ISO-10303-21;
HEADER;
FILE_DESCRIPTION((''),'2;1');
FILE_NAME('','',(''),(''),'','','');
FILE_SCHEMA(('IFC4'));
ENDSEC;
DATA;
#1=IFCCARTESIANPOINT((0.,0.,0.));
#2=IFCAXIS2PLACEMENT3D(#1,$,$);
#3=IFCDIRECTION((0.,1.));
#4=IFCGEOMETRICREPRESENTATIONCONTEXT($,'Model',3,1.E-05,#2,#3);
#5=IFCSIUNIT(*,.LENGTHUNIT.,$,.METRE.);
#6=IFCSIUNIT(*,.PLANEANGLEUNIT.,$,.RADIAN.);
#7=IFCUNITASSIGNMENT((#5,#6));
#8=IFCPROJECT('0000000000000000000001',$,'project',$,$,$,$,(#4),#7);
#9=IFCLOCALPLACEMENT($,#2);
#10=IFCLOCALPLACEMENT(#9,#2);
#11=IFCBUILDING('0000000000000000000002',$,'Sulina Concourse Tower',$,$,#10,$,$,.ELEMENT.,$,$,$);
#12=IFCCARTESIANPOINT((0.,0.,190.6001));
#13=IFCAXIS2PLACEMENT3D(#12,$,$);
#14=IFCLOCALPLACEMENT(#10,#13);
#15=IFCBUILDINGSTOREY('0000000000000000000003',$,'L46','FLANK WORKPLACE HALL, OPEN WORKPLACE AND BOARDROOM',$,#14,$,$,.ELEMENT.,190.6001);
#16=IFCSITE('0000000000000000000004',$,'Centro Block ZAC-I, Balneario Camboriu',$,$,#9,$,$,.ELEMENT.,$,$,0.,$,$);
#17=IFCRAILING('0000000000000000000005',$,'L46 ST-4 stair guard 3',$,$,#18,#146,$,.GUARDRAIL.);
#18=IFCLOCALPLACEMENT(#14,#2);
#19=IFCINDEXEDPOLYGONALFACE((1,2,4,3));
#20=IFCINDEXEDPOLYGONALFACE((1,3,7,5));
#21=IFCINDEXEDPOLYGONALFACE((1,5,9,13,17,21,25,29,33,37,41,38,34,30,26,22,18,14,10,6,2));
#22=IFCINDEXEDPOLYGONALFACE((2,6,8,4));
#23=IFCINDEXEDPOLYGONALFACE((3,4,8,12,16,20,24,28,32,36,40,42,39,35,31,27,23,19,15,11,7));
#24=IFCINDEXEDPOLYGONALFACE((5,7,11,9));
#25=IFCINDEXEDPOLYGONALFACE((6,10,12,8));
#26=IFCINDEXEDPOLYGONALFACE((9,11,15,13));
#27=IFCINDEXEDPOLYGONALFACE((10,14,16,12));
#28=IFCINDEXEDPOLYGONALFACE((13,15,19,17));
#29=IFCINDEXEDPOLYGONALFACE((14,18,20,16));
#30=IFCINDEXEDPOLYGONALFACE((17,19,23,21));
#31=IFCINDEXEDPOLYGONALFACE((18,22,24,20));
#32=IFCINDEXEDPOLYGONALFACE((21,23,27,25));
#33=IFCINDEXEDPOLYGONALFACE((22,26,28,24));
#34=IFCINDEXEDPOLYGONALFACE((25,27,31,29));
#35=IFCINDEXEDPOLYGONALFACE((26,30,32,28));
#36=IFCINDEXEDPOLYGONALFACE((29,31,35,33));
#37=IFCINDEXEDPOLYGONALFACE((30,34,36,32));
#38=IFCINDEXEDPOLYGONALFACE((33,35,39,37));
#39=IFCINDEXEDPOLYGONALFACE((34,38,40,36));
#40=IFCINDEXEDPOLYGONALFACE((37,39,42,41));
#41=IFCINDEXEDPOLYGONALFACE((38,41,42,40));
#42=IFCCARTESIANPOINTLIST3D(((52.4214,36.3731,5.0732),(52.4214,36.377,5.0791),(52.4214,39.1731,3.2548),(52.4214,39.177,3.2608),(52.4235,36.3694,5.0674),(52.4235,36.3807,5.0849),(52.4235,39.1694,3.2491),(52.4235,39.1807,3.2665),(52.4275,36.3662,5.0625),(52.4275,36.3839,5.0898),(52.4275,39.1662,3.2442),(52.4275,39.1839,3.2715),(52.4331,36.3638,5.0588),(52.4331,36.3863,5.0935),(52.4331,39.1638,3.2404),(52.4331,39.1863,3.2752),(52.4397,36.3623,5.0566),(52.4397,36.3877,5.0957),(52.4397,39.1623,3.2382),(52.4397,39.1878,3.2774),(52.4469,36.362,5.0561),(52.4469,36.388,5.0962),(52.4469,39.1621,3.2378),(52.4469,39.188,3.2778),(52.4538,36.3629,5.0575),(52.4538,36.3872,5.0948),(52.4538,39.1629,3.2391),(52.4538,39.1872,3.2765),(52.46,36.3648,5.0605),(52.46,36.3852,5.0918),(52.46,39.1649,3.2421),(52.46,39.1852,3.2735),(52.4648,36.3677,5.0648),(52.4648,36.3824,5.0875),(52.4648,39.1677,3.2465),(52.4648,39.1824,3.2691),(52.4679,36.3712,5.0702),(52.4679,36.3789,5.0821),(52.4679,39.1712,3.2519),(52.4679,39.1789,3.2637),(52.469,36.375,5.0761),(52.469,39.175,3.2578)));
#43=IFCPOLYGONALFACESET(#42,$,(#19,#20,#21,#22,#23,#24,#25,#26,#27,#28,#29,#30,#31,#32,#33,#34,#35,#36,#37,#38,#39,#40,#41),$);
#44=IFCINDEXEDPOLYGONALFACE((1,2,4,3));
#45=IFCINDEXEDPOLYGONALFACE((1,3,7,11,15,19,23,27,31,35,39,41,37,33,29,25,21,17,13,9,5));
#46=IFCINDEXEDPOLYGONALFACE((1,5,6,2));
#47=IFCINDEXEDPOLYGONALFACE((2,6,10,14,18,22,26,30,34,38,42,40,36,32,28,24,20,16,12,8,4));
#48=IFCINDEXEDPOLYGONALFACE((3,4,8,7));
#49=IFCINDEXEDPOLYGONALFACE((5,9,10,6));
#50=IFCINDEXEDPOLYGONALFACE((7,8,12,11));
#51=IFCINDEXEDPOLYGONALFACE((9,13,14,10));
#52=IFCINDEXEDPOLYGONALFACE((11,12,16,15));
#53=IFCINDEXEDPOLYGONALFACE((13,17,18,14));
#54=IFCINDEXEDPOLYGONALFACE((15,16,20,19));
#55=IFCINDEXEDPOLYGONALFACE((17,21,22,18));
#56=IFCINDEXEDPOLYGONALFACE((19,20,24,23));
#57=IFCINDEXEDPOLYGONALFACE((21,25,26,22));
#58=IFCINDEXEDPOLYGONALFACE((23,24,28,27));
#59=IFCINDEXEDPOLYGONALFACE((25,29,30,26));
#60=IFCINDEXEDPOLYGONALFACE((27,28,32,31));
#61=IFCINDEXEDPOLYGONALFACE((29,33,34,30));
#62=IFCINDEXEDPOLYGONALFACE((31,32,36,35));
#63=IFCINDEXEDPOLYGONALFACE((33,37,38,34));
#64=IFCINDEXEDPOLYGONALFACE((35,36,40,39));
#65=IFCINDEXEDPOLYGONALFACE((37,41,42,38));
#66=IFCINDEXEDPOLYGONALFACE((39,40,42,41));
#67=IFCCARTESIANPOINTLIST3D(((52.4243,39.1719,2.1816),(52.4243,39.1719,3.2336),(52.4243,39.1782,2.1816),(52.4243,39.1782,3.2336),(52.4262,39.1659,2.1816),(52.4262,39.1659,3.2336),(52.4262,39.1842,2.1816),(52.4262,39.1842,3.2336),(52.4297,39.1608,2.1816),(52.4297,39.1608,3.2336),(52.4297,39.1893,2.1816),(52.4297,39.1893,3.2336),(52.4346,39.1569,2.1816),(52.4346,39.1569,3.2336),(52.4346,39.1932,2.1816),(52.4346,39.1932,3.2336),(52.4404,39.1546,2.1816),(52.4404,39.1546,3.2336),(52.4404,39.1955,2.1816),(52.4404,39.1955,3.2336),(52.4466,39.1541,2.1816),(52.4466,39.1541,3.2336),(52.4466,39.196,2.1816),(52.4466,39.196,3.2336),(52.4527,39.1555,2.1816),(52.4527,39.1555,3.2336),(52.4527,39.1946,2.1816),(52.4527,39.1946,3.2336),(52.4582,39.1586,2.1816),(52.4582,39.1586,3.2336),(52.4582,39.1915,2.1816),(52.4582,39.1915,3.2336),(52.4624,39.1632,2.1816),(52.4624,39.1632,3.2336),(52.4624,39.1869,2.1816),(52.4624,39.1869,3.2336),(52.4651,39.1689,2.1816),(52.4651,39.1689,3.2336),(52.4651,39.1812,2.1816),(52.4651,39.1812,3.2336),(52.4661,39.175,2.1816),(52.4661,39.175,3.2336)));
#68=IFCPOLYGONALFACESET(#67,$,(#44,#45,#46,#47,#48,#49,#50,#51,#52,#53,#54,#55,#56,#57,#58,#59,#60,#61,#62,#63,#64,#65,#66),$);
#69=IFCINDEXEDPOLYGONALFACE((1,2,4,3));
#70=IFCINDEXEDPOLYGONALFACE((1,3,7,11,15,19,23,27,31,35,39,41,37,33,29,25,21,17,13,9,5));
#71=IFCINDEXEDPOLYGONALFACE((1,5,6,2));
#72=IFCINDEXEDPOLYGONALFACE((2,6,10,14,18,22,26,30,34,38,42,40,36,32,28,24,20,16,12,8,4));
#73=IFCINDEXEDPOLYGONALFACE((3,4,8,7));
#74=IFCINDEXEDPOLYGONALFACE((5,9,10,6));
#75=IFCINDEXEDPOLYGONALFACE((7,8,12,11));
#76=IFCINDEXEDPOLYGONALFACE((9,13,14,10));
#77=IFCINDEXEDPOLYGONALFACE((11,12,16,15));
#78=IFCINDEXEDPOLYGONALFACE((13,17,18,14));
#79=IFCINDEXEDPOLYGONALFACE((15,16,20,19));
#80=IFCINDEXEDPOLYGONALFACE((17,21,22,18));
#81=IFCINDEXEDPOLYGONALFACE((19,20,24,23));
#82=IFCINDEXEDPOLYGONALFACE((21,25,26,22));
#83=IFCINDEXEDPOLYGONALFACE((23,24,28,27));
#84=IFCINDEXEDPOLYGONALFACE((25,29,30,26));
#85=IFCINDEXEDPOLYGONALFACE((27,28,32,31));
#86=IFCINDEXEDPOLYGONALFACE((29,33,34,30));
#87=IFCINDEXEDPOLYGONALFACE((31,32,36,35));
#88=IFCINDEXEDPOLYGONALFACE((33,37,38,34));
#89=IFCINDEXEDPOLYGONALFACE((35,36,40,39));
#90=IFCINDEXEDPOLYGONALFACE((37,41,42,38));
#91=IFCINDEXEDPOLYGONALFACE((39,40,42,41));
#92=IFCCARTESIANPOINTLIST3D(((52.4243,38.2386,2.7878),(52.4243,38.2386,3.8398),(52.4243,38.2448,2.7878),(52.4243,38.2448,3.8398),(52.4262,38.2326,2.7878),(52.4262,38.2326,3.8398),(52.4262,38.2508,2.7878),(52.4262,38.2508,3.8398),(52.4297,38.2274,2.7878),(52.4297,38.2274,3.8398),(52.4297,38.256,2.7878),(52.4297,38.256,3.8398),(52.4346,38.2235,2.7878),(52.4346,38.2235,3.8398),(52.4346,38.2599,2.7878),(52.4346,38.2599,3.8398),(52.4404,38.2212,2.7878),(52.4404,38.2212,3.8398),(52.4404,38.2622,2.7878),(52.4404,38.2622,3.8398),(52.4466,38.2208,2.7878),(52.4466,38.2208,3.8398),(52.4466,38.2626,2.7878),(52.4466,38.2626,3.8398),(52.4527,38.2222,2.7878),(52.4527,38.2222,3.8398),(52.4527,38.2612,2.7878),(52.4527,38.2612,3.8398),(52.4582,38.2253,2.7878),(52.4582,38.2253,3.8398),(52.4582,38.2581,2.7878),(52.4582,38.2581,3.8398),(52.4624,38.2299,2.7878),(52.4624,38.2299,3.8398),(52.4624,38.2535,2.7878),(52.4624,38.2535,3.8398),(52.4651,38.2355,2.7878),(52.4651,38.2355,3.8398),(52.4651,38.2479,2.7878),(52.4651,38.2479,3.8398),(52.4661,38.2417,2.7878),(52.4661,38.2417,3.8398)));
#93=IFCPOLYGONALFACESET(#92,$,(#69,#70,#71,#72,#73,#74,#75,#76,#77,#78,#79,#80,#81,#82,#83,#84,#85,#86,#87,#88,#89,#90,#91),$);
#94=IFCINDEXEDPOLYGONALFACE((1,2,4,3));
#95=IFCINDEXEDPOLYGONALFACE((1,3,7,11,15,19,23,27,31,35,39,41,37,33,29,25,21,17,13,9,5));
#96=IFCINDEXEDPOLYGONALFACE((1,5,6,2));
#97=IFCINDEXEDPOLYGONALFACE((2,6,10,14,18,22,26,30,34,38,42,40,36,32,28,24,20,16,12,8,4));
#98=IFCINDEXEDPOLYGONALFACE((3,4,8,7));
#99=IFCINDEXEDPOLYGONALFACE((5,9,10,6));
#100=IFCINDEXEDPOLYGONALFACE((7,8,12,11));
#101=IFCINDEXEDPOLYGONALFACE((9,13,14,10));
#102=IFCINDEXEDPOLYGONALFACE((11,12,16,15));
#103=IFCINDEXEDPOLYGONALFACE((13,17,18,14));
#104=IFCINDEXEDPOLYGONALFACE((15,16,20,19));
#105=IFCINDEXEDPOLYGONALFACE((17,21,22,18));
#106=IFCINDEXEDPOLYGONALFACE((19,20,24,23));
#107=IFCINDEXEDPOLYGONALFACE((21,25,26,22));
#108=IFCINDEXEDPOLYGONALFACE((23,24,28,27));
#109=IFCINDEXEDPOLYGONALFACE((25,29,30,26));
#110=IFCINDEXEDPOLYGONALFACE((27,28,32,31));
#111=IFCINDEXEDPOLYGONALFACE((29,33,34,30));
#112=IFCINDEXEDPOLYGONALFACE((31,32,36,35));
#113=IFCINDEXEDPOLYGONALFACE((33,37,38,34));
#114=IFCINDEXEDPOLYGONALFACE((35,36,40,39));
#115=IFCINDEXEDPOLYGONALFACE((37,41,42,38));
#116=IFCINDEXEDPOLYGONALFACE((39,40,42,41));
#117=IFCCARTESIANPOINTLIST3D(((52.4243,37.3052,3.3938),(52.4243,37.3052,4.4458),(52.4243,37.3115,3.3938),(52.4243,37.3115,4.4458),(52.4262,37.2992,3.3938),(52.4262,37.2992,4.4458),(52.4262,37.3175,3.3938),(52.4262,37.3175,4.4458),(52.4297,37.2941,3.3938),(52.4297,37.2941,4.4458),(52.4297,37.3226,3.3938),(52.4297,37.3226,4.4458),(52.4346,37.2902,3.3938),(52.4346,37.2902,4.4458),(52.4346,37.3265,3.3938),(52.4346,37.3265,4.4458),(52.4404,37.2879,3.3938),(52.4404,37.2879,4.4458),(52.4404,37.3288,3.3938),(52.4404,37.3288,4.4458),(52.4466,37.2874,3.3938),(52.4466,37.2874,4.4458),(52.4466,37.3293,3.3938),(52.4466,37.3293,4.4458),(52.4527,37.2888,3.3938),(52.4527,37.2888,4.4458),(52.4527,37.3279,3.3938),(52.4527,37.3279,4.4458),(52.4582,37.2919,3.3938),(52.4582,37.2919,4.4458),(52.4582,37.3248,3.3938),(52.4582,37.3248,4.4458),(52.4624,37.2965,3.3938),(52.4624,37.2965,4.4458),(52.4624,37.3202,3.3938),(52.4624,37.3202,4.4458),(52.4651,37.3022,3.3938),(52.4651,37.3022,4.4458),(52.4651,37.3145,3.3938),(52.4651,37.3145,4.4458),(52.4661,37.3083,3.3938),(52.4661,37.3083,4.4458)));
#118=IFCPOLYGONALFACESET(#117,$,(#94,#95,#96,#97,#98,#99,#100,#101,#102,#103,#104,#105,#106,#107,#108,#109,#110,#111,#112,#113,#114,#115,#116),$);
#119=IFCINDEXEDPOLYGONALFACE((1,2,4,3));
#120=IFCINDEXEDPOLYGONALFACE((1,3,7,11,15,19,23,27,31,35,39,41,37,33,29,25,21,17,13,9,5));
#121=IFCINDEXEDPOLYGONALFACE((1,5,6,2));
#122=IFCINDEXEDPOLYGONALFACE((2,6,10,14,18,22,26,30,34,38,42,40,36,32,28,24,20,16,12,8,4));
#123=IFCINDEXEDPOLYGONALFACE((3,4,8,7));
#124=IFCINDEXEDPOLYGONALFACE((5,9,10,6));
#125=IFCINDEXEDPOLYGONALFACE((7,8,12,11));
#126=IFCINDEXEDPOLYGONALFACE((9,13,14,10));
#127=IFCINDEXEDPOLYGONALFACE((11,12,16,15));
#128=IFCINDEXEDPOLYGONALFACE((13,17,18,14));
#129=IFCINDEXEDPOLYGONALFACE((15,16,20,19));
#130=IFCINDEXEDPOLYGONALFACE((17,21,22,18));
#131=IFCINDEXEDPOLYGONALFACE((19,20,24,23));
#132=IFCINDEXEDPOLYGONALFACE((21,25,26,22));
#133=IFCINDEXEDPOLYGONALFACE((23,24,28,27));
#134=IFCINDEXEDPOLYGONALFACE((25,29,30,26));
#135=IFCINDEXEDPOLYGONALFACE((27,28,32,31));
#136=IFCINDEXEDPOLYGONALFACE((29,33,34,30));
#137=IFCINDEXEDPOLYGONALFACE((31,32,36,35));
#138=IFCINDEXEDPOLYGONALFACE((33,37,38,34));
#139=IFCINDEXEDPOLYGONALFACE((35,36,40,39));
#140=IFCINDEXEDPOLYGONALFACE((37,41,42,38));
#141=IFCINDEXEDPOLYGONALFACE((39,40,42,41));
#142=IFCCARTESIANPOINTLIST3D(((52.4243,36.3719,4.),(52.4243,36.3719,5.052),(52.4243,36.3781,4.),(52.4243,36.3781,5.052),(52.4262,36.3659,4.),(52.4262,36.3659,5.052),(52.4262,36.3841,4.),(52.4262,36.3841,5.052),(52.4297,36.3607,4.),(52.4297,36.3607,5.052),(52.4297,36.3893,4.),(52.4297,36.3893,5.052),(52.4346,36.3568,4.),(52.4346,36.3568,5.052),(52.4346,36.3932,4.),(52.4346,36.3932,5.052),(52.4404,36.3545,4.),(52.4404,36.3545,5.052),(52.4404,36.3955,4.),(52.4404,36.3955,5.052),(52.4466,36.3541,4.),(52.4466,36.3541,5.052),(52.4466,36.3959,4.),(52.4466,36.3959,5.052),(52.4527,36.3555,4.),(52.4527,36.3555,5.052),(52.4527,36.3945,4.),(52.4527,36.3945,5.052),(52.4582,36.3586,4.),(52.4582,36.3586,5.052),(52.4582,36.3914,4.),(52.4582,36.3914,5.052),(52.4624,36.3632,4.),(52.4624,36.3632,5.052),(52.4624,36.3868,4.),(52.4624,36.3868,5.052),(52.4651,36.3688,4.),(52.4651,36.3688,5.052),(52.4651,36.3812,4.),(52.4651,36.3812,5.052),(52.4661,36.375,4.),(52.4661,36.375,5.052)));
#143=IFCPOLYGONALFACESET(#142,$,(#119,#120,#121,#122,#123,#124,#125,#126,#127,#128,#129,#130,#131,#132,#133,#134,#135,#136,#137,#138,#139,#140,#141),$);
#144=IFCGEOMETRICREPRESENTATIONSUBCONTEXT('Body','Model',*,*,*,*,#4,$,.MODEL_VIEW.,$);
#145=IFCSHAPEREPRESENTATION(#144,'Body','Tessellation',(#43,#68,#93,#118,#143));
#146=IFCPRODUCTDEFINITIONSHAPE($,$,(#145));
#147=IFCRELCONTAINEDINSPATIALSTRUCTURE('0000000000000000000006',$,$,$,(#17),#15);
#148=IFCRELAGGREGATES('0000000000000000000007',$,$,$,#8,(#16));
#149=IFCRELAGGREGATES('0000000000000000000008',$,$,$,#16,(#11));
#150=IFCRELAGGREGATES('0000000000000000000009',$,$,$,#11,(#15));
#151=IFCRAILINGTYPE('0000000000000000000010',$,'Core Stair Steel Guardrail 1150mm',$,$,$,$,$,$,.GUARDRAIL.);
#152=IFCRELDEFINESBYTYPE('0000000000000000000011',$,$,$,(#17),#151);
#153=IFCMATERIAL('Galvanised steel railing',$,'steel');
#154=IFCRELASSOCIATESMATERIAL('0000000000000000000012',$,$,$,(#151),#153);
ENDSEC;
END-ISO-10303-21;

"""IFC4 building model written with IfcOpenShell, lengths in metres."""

from ifc_helpers import new_model, si_unit, direction, frame, origin, origin_2d, place, context, subcontext, project, spatial, circle, extrude, material, type_object, element, save


model = new_model("IFC4")

# Units and contexts
model_context = context("Model", 3, precision=1e-05, world=origin(), true_north=direction((0.0, 1.0)))
body_context = subcontext(model_context, "Body", "Model", "MODEL_VIEW")
ifc_project = project(units=[si_unit("LENGTHUNIT", "METRE"), si_unit("PLANEANGLEUNIT", "RADIAN")], contexts=[model_context])

# Site, building, storey
site_placement = place(None, origin())
site = spatial("IfcSite", under=ifc_project, at=site_placement, Name="Centro Block ZAC-I, Balneario Camboriu", CompositionType="ELEMENT", RefElevation=0.0)
building_placement = place(site_placement, origin())
building = spatial("IfcBuilding", under=site, at=building_placement, Name="Sulina Concourse Tower", CompositionType="ELEMENT")
storey_placement = place(building_placement, frame((0.0, 0.0, 190.6001)))
storey = spatial("IfcBuildingStorey", under=building, at=storey_placement, Name="L46", Description="FLANK WORKPLACE HALL, OPEN WORKPLACE AND BOARDROOM", CompositionType="ELEMENT", Elevation=190.6001)

# Railing
ifc_material_1 = material(Name="Galvanised steel railing", Category="steel")
railing_type_1 = type_object("IfcRailingType", Name="Core Stair Steel Guardrail 1150mm", PredefinedType="GUARDRAIL", material=ifc_material_1)
railing_1_placement = place(storey_placement, frame((52.4451, 39.175, 2.1816)))
element("IfcRailing", 1, at=railing_1_placement, inside=storey, type_object=railing_type_1, Name="L46 ST-4 stair guard 3", PredefinedType="GUARDRAIL", context=body_context, shape_type="SweptSolid", body=[
    extrude(circle(Radius=0.0239, at=origin_2d()), frame((0.0, 0.0, 1.0762), z_axis=(0.0, -0.838672, 0.544636), x_axis=(1.0, 0.0, 0.0)), (0.0, 0.0, 1.0), 3.3386),
    extrude(circle(Radius=0.021, at=origin_2d()), origin(), (0.0, 0.0, 1.0), 1.052),
    extrude(circle(Radius=0.021, at=origin_2d()), frame((0.0, -0.9333, 0.6062)), (0.0, 0.0, 1.0), 1.052),
    extrude(circle(Radius=0.021, at=origin_2d()), frame((0.0, -1.8667, 1.2122)), (0.0, 0.0, 1.0), 1.052),
    extrude(circle(Radius=0.021, at=origin_2d()), frame((0.0, -2.8, 1.8184)), (0.0, 0.0, 1.0), 1.052),
])

save(model, "model.ifc")
